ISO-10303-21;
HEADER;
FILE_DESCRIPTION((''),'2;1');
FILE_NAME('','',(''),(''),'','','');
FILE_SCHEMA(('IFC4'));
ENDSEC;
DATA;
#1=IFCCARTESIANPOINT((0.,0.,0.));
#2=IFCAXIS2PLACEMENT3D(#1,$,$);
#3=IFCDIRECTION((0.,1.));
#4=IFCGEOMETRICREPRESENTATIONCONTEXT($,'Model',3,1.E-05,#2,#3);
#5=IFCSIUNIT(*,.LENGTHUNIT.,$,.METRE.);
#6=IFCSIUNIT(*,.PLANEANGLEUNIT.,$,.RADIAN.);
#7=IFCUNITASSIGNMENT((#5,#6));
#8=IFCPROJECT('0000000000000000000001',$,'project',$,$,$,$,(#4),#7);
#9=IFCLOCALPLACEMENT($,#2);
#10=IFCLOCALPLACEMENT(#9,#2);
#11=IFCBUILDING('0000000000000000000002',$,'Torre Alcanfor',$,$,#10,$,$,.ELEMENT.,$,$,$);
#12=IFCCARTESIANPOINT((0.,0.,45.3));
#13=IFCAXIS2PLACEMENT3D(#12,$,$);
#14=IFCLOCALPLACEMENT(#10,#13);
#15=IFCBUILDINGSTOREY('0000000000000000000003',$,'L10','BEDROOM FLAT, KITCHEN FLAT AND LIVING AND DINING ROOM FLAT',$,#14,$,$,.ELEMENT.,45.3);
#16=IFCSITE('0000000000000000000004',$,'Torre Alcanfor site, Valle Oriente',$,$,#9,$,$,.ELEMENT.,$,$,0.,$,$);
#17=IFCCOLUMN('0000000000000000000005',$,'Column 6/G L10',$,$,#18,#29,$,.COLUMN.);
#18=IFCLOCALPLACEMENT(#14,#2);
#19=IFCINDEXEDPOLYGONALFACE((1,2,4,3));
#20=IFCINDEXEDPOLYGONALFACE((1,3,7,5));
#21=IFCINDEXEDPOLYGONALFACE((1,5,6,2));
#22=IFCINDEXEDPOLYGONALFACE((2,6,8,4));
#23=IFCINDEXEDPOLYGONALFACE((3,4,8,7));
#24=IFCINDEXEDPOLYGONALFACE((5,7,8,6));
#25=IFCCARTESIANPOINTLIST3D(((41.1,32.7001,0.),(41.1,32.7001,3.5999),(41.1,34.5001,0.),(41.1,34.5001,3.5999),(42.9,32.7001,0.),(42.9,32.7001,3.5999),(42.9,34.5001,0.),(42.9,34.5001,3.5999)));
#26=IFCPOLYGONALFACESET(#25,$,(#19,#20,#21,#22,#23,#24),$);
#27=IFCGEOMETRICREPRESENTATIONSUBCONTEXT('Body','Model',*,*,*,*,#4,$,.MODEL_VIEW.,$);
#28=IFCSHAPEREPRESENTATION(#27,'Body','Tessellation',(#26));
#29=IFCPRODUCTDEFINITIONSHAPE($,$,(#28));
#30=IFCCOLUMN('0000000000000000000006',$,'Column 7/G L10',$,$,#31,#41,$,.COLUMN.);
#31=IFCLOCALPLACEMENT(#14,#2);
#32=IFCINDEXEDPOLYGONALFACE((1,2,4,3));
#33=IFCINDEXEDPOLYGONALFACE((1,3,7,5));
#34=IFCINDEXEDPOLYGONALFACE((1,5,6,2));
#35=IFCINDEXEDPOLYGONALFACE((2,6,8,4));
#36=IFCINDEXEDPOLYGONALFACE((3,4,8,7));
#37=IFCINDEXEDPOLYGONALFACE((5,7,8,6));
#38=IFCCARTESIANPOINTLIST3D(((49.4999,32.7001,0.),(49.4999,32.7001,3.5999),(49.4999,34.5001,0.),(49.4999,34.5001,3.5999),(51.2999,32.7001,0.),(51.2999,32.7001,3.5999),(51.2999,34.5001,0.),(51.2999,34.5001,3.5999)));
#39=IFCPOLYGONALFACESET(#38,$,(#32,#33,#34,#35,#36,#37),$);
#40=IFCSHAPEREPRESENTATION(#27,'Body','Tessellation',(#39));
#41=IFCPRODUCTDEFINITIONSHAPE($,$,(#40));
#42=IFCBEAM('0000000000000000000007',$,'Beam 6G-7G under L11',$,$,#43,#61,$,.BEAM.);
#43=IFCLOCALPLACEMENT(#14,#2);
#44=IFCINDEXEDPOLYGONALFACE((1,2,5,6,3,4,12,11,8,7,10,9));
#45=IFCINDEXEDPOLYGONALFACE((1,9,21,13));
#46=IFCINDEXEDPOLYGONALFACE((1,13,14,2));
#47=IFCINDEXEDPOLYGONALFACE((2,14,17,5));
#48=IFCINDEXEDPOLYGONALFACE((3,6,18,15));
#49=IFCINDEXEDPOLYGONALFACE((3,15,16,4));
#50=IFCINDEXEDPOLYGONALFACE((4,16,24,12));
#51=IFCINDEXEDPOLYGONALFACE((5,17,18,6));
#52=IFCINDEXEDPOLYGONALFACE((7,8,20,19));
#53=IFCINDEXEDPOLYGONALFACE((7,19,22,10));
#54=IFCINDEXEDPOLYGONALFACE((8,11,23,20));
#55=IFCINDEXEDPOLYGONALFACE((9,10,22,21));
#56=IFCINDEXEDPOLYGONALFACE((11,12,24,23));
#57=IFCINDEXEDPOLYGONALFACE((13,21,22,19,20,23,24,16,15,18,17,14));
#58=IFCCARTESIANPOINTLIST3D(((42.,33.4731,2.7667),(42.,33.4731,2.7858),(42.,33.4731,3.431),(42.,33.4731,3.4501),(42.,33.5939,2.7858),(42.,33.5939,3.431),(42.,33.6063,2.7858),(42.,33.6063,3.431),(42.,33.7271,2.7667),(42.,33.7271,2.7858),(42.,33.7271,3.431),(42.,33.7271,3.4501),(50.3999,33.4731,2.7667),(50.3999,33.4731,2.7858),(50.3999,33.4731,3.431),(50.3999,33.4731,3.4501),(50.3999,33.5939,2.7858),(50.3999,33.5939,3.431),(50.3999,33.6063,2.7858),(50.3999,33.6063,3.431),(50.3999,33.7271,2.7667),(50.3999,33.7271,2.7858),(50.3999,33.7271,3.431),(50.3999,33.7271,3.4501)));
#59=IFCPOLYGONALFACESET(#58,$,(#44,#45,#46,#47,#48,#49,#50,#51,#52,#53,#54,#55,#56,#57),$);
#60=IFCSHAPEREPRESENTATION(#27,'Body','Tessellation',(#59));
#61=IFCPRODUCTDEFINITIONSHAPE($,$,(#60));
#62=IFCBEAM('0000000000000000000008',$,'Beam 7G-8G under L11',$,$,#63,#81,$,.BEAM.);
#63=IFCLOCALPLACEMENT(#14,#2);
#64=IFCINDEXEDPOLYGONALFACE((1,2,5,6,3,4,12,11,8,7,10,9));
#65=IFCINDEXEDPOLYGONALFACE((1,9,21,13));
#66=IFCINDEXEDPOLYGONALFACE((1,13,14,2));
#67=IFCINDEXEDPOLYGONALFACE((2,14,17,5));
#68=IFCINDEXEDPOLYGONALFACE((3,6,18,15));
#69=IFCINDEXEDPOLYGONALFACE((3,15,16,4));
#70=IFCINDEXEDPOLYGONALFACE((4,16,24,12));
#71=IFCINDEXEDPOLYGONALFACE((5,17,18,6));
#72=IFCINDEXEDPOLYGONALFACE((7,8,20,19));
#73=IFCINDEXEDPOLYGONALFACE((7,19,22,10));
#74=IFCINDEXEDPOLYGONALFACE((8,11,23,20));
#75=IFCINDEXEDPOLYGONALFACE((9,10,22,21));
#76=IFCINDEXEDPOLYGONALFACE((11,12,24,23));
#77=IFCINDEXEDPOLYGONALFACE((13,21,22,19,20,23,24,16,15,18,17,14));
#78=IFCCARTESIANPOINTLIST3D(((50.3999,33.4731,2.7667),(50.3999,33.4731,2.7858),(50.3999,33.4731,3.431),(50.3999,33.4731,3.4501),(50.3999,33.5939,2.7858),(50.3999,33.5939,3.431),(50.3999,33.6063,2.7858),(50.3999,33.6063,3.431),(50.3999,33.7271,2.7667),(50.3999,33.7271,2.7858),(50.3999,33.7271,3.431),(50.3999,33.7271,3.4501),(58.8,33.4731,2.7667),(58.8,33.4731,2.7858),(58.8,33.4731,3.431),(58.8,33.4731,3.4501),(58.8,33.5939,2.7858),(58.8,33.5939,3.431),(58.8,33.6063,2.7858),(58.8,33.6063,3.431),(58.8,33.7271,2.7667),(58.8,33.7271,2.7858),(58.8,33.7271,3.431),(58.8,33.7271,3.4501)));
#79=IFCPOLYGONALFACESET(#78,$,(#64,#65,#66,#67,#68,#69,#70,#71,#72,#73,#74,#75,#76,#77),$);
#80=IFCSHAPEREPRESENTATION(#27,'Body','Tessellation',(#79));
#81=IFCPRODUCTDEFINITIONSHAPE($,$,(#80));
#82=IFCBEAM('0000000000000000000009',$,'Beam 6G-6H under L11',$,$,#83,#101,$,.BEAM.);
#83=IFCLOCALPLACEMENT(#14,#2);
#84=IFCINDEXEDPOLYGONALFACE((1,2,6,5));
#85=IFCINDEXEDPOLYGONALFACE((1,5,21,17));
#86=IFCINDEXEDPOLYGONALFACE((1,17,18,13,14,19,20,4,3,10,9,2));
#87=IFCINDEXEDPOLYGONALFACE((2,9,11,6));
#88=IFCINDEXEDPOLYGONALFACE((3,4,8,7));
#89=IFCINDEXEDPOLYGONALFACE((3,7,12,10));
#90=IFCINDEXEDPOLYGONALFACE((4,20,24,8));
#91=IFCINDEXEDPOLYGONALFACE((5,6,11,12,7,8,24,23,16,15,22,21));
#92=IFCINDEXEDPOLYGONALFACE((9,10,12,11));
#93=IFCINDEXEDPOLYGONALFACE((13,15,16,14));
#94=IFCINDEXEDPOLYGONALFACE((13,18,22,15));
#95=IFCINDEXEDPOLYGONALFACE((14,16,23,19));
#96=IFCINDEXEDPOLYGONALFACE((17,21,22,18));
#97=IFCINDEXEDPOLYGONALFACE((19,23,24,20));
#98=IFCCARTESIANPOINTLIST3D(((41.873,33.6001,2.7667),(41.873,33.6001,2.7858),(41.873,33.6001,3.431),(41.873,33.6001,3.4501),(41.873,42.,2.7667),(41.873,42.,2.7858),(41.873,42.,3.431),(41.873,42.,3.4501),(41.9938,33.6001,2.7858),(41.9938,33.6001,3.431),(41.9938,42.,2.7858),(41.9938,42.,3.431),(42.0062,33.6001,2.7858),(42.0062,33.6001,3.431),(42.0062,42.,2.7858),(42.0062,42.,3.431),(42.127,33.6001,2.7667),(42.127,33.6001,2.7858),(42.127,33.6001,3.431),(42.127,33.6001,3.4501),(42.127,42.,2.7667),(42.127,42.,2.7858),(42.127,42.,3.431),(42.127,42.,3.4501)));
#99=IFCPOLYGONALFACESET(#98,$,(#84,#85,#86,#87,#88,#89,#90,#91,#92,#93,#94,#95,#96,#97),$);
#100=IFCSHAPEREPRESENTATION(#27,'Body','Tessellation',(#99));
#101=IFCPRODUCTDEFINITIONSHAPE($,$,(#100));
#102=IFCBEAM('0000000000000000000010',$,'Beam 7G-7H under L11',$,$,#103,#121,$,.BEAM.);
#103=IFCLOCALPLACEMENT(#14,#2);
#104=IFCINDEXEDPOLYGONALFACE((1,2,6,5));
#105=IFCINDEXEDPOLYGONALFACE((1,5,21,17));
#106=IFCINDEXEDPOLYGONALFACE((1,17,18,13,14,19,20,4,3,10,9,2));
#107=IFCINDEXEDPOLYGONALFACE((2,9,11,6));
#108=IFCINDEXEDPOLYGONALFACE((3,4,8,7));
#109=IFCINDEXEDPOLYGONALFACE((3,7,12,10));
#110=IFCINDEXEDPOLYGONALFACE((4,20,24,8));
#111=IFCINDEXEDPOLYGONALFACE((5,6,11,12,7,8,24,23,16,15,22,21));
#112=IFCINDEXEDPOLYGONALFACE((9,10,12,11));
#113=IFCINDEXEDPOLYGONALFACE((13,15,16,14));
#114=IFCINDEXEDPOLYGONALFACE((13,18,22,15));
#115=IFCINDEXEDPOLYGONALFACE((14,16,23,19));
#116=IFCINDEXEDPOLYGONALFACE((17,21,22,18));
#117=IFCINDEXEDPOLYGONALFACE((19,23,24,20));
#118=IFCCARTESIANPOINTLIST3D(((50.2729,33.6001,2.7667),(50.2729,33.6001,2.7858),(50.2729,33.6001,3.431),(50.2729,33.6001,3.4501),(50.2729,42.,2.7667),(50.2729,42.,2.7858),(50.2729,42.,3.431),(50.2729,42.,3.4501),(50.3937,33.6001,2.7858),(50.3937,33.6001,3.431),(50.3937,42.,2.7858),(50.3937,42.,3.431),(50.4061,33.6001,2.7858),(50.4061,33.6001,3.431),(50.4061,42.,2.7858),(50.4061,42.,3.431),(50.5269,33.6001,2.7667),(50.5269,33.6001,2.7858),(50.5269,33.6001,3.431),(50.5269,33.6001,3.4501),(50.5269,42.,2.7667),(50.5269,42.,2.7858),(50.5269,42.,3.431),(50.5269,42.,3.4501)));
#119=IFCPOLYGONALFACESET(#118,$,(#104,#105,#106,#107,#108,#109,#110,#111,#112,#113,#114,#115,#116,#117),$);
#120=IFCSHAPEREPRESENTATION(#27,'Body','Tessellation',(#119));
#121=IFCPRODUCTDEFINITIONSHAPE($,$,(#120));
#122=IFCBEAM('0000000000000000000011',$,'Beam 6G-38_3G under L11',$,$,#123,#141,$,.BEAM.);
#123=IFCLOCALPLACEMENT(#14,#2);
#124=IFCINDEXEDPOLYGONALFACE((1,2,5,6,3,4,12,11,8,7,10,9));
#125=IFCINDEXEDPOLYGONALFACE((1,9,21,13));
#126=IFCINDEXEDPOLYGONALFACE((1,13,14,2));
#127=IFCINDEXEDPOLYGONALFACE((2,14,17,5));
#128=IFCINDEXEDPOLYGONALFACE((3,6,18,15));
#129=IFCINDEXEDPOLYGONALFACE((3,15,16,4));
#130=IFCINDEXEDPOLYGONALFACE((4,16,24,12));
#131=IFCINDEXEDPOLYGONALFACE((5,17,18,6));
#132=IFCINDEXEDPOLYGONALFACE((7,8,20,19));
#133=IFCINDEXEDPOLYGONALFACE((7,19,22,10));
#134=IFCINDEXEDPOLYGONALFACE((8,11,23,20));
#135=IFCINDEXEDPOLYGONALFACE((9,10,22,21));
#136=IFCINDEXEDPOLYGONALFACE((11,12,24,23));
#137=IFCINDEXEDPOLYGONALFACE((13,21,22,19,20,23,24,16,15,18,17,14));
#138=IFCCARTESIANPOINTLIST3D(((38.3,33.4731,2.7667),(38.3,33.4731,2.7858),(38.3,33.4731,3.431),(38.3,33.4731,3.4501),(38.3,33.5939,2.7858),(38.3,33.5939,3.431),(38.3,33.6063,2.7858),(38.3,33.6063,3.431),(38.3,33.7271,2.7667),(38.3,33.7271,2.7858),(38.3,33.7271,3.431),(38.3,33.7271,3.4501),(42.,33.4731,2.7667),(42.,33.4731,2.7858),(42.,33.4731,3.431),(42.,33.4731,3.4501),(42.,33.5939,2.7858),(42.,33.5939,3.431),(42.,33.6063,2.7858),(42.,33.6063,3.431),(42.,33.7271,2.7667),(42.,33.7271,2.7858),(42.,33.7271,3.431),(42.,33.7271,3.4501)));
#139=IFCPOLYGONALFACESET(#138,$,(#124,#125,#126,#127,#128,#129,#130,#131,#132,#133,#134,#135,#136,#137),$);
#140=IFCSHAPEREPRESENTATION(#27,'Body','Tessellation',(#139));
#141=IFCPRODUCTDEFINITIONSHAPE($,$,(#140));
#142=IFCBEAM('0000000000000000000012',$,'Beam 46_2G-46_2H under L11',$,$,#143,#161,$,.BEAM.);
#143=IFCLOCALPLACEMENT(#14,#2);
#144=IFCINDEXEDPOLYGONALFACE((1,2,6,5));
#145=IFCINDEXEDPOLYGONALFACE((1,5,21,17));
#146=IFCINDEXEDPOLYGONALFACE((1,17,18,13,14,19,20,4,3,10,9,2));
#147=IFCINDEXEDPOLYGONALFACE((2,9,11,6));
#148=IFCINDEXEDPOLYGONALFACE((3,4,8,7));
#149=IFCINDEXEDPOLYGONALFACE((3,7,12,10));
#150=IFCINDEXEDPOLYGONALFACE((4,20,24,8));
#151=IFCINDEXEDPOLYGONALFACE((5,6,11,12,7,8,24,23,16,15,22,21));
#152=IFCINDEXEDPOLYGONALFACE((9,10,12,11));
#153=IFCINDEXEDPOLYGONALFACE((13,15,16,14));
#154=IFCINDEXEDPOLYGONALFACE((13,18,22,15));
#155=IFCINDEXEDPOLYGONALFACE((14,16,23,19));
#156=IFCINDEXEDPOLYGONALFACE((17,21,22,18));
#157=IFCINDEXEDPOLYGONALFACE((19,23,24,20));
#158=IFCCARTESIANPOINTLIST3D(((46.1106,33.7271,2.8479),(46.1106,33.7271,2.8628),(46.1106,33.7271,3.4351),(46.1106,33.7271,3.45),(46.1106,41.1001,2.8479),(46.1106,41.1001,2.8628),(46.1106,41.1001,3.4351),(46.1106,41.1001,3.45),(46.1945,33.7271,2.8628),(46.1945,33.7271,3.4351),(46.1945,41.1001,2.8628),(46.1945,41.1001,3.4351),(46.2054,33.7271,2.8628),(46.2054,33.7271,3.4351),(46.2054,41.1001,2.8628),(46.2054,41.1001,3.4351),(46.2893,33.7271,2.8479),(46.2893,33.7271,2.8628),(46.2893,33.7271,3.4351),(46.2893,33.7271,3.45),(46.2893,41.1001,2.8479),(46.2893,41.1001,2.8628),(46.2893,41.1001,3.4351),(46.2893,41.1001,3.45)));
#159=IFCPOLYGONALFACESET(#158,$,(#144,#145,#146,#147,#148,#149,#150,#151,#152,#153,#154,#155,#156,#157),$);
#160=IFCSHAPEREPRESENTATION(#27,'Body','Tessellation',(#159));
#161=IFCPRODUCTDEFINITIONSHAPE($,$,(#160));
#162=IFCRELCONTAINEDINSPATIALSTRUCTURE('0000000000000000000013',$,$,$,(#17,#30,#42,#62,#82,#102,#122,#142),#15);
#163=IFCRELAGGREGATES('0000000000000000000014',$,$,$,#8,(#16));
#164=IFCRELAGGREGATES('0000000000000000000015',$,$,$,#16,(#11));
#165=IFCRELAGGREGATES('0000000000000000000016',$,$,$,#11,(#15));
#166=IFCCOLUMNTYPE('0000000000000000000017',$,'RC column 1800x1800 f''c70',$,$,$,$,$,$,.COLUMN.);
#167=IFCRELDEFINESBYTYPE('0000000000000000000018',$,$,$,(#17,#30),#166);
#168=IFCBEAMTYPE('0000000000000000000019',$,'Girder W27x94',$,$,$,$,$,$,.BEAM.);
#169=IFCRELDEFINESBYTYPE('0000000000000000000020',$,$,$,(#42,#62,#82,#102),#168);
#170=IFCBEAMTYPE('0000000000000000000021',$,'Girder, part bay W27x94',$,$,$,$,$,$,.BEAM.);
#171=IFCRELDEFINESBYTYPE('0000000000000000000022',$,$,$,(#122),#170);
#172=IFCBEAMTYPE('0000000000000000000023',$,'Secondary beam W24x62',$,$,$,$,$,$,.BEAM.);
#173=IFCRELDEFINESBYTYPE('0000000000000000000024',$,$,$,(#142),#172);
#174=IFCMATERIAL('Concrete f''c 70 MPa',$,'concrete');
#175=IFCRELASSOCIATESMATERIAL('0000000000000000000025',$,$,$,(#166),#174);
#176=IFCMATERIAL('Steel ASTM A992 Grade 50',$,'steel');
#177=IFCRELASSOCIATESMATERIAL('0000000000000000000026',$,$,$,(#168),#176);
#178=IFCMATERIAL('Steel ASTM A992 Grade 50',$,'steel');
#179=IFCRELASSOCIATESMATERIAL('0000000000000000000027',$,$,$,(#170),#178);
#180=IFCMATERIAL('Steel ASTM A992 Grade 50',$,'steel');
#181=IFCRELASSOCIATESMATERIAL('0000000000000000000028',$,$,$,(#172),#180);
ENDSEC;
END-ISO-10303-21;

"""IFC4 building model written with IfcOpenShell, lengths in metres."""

from ifc_helpers import new_model, si_unit, direction, frame, origin, origin_2d, place, context, subcontext, project, spatial, rectangle, i_section, extrude, material, material_profile, profile_set, type_object, element, save


model = new_model("IFC4")

# Units and contexts
model_context = context("Model", 3, precision=1e-05, world=origin(), true_north=direction((0.0, 1.0)))
body_context = subcontext(model_context, "Body", "Model", "MODEL_VIEW")
ifc_project = project(units=[si_unit("LENGTHUNIT", "METRE"), si_unit("PLANEANGLEUNIT", "RADIAN")], contexts=[model_context])

# Site, building, storey
site_placement = place(None, origin())
site = spatial("IfcSite", under=ifc_project, at=site_placement, Name="Torre Alcanfor site, Valle Oriente", CompositionType="ELEMENT", RefElevation=0.0)
building_placement = place(site_placement, origin())
building = spatial("IfcBuilding", under=site, at=building_placement, Name="Torre Alcanfor", CompositionType="ELEMENT")
storey_placement = place(building_placement, frame((0.0, 0.0, 45.3)))
storey = spatial("IfcBuildingStorey", under=building, at=storey_placement, Name="L10", Description="BEDROOM FLAT, KITCHEN FLAT AND LIVING AND DINING ROOM FLAT", CompositionType="ELEMENT", Elevation=45.3)

# Columns
ifc_material_1 = material(Name="Concrete f'c 70 MPa", Category="concrete")
ifc_material_profile_1 = material_profile(ifc_material_1, rectangle(XDim=1.8, YDim=1.8, at=origin_2d()), Name="1800x1800")
ifc_profile_set_1 = profile_set([ifc_material_profile_1], Name="Concrete f'c 70 MPa")
column_type = type_object("IfcColumnType", Name="RC column 1800x1800 f'c70", PredefinedType="COLUMN", material=ifc_profile_set_1)
for number, where, z_axis, x_axis, name in (
    (1, (42.0, 33.6001, 0.0), (0.0, 0.0, 1.0), (1.0, 0.0, 0.0), "Column 6/G L10"),
    (2, (50.3999, 33.6001, 0.0), (0.0, 0.0, 1.0), (1.0, 0.0, 0.0), "Column 7/G L10"),
):
    element("IfcColumn", number, at=place(storey_placement, frame(where, z_axis=z_axis, x_axis=x_axis)), inside=storey, type_object=column_type, Name=name, PredefinedType="COLUMN", context=body_context, shape_type="SweptSolid", body=[
        extrude(rectangle(XDim=1.8, YDim=1.8, at=origin_2d()), origin(), (0.0, 0.0, 1.0), 3.5999),
    ])

# Beams
ifc_material_2 = material(Name="Steel ASTM A992 Grade 50", Category="steel")
ifc_material_profile_2 = material_profile(ifc_material_2, i_section(OverallWidth=0.2539, OverallDepth=0.6833, WebThickness=0.0125, FlangeThickness=0.019, at=origin_2d()), Name="W27x94")
ifc_profile_set_2 = profile_set([ifc_material_profile_2], Name="Steel ASTM A992 Grade 50")
beam_type_1 = type_object("IfcBeamType", Name="Girder W27x94", PredefinedType="BEAM", material=ifc_profile_set_2)
beam_1_placement = place(storey_placement, frame((42.0, 33.6001, 3.1084), z_axis=(1.0, 0.0, 0.0), x_axis=(0.0, 1.0, 0.0)))
element("IfcBeam", 3, at=beam_1_placement, inside=storey, type_object=beam_type_1, Name="Beam 6G-7G under L11", PredefinedType="BEAM", context=body_context, shape_type="SweptSolid", body=[
    extrude(i_section(OverallWidth=0.2539, OverallDepth=0.6833, WebThickness=0.0125, FlangeThickness=0.019, at=origin_2d()), origin(), (0.0, 0.0, 1.0), 8.3999),
])
beam_2_placement = place(storey_placement, frame((50.3999, 33.6001, 3.1084), z_axis=(1.0, 0.0, 0.0), x_axis=(0.0, 1.0, 0.0)))
element("IfcBeam", 4, at=beam_2_placement, inside=storey, type_object=beam_type_1, Name="Beam 7G-8G under L11", PredefinedType="BEAM", context=body_context, shape_type="SweptSolid", body=[
    extrude(i_section(OverallWidth=0.2539, OverallDepth=0.6833, WebThickness=0.0125, FlangeThickness=0.019, at=origin_2d()), origin(), (0.0, 0.0, 1.0), 8.4001),
])
for number, where, z_axis, x_axis, name in (
    (5, (42.0, 33.6001, 3.1084), (0.0, 1.0, 0.0), (-1.0, 0.0, 0.0), "Beam 6G-6H under L11"),
    (6, (50.3999, 33.6001, 3.1084), (0.0, 1.0, 0.0), (-1.0, 0.0, 0.0), "Beam 7G-7H under L11"),
):
    element("IfcBeam", number, at=place(storey_placement, frame(where, z_axis=z_axis, x_axis=x_axis)), inside=storey, type_object=beam_type_1, Name=name, PredefinedType="BEAM", context=body_context, shape_type="SweptSolid", body=[
        extrude(i_section(OverallWidth=0.2539, OverallDepth=0.6833, WebThickness=0.0125, FlangeThickness=0.019, at=origin_2d()), origin(), (0.0, 0.0, 1.0), 8.3999),
    ])
ifc_material_3 = material(Name="Steel ASTM A992 Grade 50", Category="steel")
ifc_material_profile_3 = material_profile(ifc_material_3, i_section(OverallWidth=0.2539, OverallDepth=0.6833, WebThickness=0.0125, FlangeThickness=0.019, at=origin_2d()), Name="W27x94")
ifc_profile_set_3 = profile_set([ifc_material_profile_3], Name="Steel ASTM A992 Grade 50")
beam_type_2 = type_object("IfcBeamType", Name="Girder, part bay W27x94", PredefinedType="BEAM", material=ifc_profile_set_3)
beam_3_placement = place(storey_placement, frame((42.0, 33.6001, 3.1084), z_axis=(-1.0, 0.0, 0.0), x_axis=(0.0, -1.0, 0.0)))
element("IfcBeam", 7, at=beam_3_placement, inside=storey, type_object=beam_type_2, Name="Beam 6G-38_3G under L11", PredefinedType="BEAM", context=body_context, shape_type="SweptSolid", body=[
    extrude(i_section(OverallWidth=0.2539, OverallDepth=0.6833, WebThickness=0.0125, FlangeThickness=0.019, at=origin_2d()), origin(), (0.0, 0.0, 1.0), 3.7),
])
ifc_material_4 = material(Name="Steel ASTM A992 Grade 50", Category="steel")
ifc_material_profile_4 = material_profile(ifc_material_4, i_section(OverallWidth=0.1787, OverallDepth=0.6021, WebThickness=0.011, FlangeThickness=0.0149, at=origin_2d()), Name="W24x62")
ifc_profile_set_4 = profile_set([ifc_material_profile_4], Name="Steel ASTM A992 Grade 50")
beam_type_3 = type_object("IfcBeamType", Name="Secondary beam W24x62", PredefinedType="BEAM", material=ifc_profile_set_4)
beam_4_placement = place(storey_placement, frame((46.2, 33.7271, 3.1489), z_axis=(0.0, 1.0, 0.0), x_axis=(-1.0, 0.0, 0.0)))
element("IfcBeam", 8, at=beam_4_placement, inside=storey, type_object=beam_type_3, Name="Beam 46_2G-46_2H under L11", PredefinedType="BEAM", context=body_context, shape_type="SweptSolid", body=[
    extrude(i_section(OverallWidth=0.1787, OverallDepth=0.6021, WebThickness=0.011, FlangeThickness=0.0149, at=origin_2d()), origin(), (0.0, 0.0, 1.0), 7.373),
])

save(model, "model.ifc")
